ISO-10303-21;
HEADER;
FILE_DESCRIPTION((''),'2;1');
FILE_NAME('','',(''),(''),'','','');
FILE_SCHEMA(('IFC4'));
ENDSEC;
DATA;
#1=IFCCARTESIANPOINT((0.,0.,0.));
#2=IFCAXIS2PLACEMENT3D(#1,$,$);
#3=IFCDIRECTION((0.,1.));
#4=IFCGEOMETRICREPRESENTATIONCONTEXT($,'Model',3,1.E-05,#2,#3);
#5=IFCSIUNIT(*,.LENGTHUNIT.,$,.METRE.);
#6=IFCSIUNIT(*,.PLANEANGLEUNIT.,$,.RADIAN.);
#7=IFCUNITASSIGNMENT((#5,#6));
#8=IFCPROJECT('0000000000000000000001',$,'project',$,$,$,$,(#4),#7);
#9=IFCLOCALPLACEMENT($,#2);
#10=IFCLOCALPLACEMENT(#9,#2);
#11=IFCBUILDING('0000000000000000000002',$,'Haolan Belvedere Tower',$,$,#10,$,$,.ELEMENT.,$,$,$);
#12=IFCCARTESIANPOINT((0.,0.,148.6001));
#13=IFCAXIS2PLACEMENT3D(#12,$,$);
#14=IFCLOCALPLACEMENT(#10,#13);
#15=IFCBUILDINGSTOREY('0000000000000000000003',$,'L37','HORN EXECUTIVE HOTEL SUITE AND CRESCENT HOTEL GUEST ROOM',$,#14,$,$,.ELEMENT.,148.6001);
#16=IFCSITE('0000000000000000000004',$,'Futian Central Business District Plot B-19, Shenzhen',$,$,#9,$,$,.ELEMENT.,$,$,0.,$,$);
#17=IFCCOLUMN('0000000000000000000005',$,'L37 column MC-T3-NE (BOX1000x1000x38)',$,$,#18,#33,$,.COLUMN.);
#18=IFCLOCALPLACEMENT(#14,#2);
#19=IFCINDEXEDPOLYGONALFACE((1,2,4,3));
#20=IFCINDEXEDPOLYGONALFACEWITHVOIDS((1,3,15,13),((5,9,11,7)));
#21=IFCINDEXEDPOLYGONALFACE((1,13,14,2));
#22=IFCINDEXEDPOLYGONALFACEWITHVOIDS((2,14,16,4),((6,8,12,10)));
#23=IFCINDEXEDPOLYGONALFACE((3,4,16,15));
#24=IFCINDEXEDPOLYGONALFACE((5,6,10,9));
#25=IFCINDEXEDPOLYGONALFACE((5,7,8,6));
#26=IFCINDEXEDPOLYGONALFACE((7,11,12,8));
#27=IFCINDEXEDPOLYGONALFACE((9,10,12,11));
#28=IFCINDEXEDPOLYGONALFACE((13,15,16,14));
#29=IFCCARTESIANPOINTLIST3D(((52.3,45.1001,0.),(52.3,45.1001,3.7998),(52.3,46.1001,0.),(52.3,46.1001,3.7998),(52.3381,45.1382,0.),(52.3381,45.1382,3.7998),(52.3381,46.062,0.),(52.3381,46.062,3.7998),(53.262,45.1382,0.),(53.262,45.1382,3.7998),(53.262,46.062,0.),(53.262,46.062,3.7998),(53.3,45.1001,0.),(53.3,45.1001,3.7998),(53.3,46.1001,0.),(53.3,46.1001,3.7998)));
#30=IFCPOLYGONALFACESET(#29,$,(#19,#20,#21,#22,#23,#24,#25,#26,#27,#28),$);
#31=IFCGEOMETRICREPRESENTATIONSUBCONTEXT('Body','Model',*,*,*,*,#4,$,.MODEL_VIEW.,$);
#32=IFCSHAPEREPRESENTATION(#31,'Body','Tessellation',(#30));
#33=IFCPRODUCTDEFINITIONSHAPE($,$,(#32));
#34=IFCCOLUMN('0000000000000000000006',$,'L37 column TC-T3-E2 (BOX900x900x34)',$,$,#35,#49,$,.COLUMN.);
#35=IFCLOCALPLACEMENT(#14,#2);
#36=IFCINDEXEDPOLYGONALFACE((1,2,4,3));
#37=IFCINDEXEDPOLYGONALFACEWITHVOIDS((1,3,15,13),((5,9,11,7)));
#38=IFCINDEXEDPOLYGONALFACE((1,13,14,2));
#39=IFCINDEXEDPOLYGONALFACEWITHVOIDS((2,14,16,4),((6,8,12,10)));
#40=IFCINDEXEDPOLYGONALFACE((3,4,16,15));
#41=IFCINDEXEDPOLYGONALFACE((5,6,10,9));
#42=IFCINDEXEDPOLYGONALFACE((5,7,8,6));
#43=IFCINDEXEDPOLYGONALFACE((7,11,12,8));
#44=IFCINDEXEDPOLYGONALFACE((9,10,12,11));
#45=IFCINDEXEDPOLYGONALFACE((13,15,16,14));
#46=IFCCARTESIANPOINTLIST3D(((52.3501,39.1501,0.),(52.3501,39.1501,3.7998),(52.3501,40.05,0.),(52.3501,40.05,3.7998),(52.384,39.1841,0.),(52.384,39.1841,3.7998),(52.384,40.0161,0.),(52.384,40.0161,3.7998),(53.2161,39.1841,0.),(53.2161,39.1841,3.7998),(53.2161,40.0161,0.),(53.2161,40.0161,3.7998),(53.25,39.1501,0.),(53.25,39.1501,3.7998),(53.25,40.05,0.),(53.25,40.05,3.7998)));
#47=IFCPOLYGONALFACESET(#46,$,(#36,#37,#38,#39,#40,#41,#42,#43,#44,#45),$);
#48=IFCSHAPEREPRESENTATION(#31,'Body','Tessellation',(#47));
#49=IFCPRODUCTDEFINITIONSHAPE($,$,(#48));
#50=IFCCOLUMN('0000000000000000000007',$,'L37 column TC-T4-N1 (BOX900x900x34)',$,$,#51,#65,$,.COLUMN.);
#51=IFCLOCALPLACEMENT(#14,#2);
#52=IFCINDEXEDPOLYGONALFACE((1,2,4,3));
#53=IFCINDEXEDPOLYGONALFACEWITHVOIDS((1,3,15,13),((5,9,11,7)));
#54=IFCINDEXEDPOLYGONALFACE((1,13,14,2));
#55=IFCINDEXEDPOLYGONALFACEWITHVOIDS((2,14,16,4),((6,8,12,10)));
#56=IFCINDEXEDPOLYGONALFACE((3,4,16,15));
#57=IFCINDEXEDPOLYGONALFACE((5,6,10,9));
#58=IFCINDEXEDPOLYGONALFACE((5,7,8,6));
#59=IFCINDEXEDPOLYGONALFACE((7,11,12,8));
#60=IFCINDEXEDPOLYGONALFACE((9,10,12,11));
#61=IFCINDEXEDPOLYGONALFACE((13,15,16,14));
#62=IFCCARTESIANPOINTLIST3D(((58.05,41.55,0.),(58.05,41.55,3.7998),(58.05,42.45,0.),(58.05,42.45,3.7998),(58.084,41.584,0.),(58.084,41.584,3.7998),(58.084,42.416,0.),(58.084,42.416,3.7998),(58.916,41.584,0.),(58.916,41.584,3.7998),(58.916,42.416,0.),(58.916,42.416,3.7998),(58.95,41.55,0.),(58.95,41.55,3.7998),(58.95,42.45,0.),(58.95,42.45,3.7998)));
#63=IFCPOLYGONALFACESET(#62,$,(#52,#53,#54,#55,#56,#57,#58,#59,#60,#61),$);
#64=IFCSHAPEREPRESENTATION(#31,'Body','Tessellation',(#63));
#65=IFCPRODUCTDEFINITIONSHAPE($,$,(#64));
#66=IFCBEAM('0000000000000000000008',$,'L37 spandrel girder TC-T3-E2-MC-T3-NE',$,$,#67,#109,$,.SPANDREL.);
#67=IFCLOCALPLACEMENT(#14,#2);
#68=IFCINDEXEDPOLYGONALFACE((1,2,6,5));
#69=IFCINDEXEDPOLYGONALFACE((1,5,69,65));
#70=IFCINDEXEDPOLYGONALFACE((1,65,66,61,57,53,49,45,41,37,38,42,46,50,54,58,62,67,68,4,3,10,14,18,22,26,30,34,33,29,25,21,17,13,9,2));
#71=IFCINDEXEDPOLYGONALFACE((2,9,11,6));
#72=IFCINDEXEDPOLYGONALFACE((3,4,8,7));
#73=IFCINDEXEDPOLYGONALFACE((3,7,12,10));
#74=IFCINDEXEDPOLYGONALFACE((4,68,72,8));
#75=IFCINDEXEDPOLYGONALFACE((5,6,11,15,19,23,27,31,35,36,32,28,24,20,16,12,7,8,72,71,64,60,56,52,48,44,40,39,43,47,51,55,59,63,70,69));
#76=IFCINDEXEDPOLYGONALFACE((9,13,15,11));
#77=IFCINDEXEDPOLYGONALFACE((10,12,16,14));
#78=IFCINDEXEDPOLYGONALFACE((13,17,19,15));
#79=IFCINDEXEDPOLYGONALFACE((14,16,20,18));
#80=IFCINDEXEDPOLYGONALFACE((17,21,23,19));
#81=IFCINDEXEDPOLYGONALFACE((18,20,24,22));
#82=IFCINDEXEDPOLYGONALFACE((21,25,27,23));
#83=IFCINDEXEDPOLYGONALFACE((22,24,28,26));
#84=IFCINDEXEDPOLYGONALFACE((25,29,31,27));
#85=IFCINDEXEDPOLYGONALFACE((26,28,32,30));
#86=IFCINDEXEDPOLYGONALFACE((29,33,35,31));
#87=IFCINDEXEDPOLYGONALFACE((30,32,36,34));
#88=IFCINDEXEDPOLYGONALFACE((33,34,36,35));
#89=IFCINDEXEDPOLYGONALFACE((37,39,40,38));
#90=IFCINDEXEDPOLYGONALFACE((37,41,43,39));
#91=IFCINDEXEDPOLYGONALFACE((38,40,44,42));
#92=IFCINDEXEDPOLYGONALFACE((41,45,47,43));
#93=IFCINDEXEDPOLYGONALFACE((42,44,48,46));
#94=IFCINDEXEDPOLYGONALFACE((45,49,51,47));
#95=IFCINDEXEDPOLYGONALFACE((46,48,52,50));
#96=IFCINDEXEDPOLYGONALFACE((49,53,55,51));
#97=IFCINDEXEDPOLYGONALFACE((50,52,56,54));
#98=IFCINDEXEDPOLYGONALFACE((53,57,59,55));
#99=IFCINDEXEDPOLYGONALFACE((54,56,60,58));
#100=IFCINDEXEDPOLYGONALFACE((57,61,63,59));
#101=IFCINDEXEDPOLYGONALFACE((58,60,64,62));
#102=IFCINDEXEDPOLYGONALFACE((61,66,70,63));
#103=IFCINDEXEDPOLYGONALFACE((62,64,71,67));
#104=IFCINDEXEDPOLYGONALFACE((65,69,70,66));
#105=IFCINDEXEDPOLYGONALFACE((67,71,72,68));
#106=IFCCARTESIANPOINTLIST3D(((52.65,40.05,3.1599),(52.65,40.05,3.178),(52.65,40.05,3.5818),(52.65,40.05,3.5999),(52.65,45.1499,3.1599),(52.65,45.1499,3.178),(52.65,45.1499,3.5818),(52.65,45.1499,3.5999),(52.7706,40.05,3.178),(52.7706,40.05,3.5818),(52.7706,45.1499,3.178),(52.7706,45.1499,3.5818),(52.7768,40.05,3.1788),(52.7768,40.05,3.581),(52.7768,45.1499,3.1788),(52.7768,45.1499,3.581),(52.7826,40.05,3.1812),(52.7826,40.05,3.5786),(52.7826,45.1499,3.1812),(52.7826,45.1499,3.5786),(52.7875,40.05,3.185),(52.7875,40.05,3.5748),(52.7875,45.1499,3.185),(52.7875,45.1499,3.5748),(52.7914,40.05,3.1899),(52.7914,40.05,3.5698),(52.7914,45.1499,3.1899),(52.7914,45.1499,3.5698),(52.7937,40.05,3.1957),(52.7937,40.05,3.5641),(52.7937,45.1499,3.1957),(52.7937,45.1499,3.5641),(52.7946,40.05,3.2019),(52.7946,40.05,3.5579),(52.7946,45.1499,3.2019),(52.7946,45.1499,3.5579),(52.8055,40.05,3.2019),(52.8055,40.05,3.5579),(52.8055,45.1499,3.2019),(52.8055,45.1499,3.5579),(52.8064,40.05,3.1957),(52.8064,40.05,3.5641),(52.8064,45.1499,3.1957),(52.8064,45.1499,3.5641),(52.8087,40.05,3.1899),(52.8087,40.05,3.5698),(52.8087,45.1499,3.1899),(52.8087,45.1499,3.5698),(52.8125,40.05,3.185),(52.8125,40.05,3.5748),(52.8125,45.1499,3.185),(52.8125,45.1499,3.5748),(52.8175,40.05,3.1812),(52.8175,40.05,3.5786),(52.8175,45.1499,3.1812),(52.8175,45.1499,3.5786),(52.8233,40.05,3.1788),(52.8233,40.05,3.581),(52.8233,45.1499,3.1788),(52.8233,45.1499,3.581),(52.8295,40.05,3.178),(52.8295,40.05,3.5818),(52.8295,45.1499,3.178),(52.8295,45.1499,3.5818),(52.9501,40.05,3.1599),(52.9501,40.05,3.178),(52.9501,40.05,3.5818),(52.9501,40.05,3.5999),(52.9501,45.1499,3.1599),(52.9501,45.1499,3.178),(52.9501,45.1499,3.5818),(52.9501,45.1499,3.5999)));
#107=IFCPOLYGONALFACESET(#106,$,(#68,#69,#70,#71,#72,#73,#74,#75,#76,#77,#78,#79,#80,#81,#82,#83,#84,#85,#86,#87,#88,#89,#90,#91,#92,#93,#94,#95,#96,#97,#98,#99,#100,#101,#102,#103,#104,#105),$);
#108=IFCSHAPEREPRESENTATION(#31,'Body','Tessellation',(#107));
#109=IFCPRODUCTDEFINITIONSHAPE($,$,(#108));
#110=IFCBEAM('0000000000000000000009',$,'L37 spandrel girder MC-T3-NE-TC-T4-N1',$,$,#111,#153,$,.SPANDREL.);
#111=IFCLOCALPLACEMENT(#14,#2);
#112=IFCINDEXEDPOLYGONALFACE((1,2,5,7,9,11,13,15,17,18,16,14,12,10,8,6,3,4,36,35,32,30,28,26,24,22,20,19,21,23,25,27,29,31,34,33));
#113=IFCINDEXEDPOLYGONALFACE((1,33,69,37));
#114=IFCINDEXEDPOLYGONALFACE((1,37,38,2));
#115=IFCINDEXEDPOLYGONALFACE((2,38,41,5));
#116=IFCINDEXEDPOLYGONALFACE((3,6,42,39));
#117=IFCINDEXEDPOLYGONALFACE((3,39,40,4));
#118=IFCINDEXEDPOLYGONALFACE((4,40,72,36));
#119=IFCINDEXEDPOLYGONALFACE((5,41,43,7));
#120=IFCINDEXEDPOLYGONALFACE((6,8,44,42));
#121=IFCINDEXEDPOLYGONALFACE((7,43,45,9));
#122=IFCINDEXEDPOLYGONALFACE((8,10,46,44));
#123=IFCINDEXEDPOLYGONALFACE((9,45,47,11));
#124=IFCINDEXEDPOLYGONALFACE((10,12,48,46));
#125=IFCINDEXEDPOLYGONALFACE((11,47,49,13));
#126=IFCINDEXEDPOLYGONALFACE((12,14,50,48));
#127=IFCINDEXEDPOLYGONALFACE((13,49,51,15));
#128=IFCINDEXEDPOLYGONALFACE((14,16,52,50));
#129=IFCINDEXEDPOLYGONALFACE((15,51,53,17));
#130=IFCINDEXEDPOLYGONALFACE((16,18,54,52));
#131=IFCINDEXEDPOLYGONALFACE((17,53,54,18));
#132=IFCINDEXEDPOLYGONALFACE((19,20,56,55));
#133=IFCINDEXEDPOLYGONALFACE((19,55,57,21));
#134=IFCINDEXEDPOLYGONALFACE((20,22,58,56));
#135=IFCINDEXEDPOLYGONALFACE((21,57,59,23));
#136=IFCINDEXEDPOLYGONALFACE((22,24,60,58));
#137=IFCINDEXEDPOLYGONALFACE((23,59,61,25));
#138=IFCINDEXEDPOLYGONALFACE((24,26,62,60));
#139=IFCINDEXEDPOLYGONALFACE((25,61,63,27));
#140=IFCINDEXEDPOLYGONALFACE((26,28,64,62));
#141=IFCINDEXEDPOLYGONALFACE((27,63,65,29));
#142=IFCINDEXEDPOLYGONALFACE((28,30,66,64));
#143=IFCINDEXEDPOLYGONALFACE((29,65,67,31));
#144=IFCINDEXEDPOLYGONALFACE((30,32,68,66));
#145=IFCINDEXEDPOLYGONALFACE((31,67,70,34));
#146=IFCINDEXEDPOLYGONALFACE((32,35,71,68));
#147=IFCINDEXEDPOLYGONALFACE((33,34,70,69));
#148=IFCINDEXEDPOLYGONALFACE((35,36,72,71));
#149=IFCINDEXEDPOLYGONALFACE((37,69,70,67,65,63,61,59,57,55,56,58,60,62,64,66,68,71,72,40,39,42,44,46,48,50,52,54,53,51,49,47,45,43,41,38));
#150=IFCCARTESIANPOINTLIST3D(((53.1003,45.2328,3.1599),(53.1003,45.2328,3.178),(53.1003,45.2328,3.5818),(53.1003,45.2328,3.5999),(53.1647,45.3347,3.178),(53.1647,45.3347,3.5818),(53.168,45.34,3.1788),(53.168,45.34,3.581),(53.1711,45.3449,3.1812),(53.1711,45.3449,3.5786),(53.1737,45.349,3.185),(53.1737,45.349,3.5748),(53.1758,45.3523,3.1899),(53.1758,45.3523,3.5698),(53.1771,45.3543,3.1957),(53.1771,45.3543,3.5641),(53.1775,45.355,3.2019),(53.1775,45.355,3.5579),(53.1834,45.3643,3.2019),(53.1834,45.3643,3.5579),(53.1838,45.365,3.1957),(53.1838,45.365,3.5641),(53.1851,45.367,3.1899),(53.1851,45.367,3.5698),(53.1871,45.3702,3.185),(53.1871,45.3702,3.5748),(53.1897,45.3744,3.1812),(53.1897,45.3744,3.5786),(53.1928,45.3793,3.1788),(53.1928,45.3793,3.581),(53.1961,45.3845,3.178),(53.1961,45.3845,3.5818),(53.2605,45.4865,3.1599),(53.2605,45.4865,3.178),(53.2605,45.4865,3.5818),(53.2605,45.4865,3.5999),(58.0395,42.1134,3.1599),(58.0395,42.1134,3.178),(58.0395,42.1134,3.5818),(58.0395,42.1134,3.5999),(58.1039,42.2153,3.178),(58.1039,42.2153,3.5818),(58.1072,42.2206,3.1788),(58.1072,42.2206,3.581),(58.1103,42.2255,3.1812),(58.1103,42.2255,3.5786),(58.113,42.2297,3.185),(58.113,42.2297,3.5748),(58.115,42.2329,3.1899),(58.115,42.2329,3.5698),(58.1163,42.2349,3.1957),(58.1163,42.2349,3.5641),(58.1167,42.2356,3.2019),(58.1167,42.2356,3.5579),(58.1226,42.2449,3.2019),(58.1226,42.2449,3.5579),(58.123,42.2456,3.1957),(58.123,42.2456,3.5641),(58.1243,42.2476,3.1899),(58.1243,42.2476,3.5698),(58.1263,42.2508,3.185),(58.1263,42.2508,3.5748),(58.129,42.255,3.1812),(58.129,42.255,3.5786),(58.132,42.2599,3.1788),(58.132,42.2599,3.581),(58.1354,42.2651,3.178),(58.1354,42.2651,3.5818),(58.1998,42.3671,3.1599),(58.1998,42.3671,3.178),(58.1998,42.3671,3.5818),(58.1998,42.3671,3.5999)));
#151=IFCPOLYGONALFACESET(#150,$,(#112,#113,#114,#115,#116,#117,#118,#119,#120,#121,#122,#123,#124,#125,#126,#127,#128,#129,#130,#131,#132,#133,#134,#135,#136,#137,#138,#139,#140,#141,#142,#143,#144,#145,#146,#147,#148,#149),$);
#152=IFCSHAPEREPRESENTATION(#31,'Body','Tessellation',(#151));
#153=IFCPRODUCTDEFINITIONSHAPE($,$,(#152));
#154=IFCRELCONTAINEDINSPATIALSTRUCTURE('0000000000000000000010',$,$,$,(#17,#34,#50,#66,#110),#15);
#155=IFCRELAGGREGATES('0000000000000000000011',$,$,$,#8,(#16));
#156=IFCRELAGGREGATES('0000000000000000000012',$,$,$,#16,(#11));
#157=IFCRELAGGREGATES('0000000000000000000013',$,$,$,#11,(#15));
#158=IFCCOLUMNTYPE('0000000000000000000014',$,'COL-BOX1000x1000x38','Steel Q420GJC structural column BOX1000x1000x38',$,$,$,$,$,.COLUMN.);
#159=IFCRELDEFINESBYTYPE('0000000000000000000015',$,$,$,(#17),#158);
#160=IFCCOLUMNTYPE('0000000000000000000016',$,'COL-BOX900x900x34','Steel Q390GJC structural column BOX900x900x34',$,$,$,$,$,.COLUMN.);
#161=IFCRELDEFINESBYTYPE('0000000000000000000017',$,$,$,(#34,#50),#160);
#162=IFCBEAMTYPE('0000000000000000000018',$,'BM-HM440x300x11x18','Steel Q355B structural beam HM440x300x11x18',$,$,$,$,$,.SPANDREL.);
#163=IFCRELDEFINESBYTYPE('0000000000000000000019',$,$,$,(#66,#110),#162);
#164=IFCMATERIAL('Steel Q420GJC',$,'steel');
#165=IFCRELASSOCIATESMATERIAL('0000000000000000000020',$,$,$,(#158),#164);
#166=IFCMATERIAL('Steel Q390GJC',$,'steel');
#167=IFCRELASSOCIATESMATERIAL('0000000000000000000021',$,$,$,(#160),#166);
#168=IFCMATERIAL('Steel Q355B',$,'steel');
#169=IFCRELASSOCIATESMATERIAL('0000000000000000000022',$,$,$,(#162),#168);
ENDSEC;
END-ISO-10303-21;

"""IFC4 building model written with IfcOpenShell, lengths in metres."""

from ifc_helpers import new_model, si_unit, direction, frame, origin, origin_2d, place, context, subcontext, project, spatial, hollow_rectangle, i_section, extrude, material, material_profile, profile_set, type_object, element, save


model = new_model("IFC4")

# Units and contexts
model_context = context("Model", 3, precision=1e-05, world=origin(), true_north=direction((0.0, 1.0)))
body_context = subcontext(model_context, "Body", "Model", "MODEL_VIEW")
ifc_project = project(units=[si_unit("LENGTHUNIT", "METRE"), si_unit("PLANEANGLEUNIT", "RADIAN")], contexts=[model_context])

# Site, building, storey
site_placement = place(None, origin())
site = spatial("IfcSite", under=ifc_project, at=site_placement, Name="Futian Central Business District Plot B-19, Shenzhen", CompositionType="ELEMENT", RefElevation=0.0)
building_placement = place(site_placement, origin())
building = spatial("IfcBuilding", under=site, at=building_placement, Name="Haolan Belvedere Tower", CompositionType="ELEMENT")
storey_placement = place(building_placement, frame((0.0, 0.0, 148.6001)))
storey = spatial("IfcBuildingStorey", under=building, at=storey_placement, Name="L37", Description="HORN EXECUTIVE HOTEL SUITE AND CRESCENT HOTEL GUEST ROOM", CompositionType="ELEMENT", Elevation=148.6001)

# Columns
ifc_material_1 = material(Name="Steel Q420GJC", Category="steel")
ifc_material_profile_1 = material_profile(ifc_material_1, hollow_rectangle(XDim=1.0, YDim=1.0, WallThickness=0.0381, at=origin_2d()), Name="Steel Q420GJC")
ifc_profile_set_1 = profile_set([ifc_material_profile_1], Name="Steel Q420GJC")
column_type_1 = type_object("IfcColumnType", Name="COL-BOX1000x1000x38", Description="Steel Q420GJC structural column BOX1000x1000x38", PredefinedType="COLUMN", material=ifc_profile_set_1)
column_placement = place(storey_placement, frame((52.8, 45.6001, 0.0), z_axis=(0.0, 0.0, 1.0), x_axis=(1.0, 0.0, 0.0)))
element("IfcColumn", 1, at=column_placement, inside=storey, type_object=column_type_1, Name="L37 column MC-T3-NE (BOX1000x1000x38)", PredefinedType="COLUMN", context=body_context, shape_type="SweptSolid", body=[
    extrude(hollow_rectangle(XDim=1.0, YDim=1.0, WallThickness=0.0381, at=origin_2d()), origin(), (0.0, 0.0, 1.0), 3.7998),
])
ifc_material_2 = material(Name="Steel Q390GJC", Category="steel")
ifc_material_profile_2 = material_profile(ifc_material_2, hollow_rectangle(XDim=0.8999, YDim=0.8999, WallThickness=0.0339, at=origin_2d()), Name="Steel Q390GJC")
ifc_profile_set_2 = profile_set([ifc_material_profile_2], Name="Steel Q390GJC")
column_type_2 = type_object("IfcColumnType", Name="COL-BOX900x900x34", Description="Steel Q390GJC structural column BOX900x900x34", PredefinedType="COLUMN", material=ifc_profile_set_2)
for number, where, z_axis, x_axis, name in (
    (2, (52.8, 39.6001, 0.0), (0.0, 0.0, 1.0), (1.0, 0.0, 0.0), "L37 column TC-T3-E2 (BOX900x900x34)"),
    (3, (58.5, 42.0, 0.0), (0.0, 0.0, 1.0), (1.0, 0.0, 0.0), "L37 column TC-T4-N1 (BOX900x900x34)"),
):
    element("IfcColumn", number, at=place(storey_placement, frame(where, z_axis=z_axis, x_axis=x_axis)), inside=storey, type_object=column_type_2, Name=name, PredefinedType="COLUMN", context=body_context, shape_type="SweptSolid", body=[
        extrude(hollow_rectangle(XDim=0.8999, YDim=0.8999, WallThickness=0.0339, at=origin_2d()), origin(), (0.0, 0.0, 1.0), 3.7998),
    ])

# Beams
ifc_material_3 = material(Name="Steel Q355B", Category="steel")
ifc_material_profile_3 = material_profile(ifc_material_3, i_section(OverallWidth=0.3, OverallDepth=0.4399, WebThickness=0.011, FlangeThickness=0.0181, FilletRadius=0.0239, at=origin_2d()), Name="Steel Q355B")
ifc_profile_set_3 = profile_set([ifc_material_profile_3], Name="Steel Q355B")
beam_type_1 = type_object("IfcBeamType", Name="BM-HM440x300x11x18", Description="Steel Q355B structural beam HM440x300x11x18", PredefinedType="SPANDREL", material=ifc_profile_set_3)
beam_1_placement = place(storey_placement, frame((52.8, 40.05, 3.3799), z_axis=(0.0, 1.0, 0.0), x_axis=(-1.0, 0.0, 0.0)))
element("IfcBeam", 4, at=beam_1_placement, inside=storey, type_object=beam_type_1, Name="L37 spandrel girder TC-T3-E2-MC-T3-NE", PredefinedType="SPANDREL", context=body_context, shape_type="SweptSolid", body=[
    extrude(i_section(OverallWidth=0.3, OverallDepth=0.4399, WebThickness=0.011, FlangeThickness=0.0181, FilletRadius=0.0239, at=origin_2d()), origin(), (0.0, 0.0, 1.0), 5.0999),
])
beam_2_placement = place(storey_placement, frame((53.1804, 45.3596, 3.3799), z_axis=(0.845498, -0.533979, 0.0), x_axis=(0.533979, 0.845498, 0.0)))
element("IfcBeam", 5, at=beam_2_placement, inside=storey, type_object=beam_type_1, Name="L37 spandrel girder MC-T3-NE-TC-T4-N1", PredefinedType="SPANDREL", context=body_context, shape_type="SweptSolid", body=[
    extrude(i_section(OverallWidth=0.3, OverallDepth=0.4399, WebThickness=0.011, FlangeThickness=0.0181, FilletRadius=0.0239, at=origin_2d()), origin(), (0.0, 0.0, 1.0), 5.8418),
])

save(model, "model.ifc")
